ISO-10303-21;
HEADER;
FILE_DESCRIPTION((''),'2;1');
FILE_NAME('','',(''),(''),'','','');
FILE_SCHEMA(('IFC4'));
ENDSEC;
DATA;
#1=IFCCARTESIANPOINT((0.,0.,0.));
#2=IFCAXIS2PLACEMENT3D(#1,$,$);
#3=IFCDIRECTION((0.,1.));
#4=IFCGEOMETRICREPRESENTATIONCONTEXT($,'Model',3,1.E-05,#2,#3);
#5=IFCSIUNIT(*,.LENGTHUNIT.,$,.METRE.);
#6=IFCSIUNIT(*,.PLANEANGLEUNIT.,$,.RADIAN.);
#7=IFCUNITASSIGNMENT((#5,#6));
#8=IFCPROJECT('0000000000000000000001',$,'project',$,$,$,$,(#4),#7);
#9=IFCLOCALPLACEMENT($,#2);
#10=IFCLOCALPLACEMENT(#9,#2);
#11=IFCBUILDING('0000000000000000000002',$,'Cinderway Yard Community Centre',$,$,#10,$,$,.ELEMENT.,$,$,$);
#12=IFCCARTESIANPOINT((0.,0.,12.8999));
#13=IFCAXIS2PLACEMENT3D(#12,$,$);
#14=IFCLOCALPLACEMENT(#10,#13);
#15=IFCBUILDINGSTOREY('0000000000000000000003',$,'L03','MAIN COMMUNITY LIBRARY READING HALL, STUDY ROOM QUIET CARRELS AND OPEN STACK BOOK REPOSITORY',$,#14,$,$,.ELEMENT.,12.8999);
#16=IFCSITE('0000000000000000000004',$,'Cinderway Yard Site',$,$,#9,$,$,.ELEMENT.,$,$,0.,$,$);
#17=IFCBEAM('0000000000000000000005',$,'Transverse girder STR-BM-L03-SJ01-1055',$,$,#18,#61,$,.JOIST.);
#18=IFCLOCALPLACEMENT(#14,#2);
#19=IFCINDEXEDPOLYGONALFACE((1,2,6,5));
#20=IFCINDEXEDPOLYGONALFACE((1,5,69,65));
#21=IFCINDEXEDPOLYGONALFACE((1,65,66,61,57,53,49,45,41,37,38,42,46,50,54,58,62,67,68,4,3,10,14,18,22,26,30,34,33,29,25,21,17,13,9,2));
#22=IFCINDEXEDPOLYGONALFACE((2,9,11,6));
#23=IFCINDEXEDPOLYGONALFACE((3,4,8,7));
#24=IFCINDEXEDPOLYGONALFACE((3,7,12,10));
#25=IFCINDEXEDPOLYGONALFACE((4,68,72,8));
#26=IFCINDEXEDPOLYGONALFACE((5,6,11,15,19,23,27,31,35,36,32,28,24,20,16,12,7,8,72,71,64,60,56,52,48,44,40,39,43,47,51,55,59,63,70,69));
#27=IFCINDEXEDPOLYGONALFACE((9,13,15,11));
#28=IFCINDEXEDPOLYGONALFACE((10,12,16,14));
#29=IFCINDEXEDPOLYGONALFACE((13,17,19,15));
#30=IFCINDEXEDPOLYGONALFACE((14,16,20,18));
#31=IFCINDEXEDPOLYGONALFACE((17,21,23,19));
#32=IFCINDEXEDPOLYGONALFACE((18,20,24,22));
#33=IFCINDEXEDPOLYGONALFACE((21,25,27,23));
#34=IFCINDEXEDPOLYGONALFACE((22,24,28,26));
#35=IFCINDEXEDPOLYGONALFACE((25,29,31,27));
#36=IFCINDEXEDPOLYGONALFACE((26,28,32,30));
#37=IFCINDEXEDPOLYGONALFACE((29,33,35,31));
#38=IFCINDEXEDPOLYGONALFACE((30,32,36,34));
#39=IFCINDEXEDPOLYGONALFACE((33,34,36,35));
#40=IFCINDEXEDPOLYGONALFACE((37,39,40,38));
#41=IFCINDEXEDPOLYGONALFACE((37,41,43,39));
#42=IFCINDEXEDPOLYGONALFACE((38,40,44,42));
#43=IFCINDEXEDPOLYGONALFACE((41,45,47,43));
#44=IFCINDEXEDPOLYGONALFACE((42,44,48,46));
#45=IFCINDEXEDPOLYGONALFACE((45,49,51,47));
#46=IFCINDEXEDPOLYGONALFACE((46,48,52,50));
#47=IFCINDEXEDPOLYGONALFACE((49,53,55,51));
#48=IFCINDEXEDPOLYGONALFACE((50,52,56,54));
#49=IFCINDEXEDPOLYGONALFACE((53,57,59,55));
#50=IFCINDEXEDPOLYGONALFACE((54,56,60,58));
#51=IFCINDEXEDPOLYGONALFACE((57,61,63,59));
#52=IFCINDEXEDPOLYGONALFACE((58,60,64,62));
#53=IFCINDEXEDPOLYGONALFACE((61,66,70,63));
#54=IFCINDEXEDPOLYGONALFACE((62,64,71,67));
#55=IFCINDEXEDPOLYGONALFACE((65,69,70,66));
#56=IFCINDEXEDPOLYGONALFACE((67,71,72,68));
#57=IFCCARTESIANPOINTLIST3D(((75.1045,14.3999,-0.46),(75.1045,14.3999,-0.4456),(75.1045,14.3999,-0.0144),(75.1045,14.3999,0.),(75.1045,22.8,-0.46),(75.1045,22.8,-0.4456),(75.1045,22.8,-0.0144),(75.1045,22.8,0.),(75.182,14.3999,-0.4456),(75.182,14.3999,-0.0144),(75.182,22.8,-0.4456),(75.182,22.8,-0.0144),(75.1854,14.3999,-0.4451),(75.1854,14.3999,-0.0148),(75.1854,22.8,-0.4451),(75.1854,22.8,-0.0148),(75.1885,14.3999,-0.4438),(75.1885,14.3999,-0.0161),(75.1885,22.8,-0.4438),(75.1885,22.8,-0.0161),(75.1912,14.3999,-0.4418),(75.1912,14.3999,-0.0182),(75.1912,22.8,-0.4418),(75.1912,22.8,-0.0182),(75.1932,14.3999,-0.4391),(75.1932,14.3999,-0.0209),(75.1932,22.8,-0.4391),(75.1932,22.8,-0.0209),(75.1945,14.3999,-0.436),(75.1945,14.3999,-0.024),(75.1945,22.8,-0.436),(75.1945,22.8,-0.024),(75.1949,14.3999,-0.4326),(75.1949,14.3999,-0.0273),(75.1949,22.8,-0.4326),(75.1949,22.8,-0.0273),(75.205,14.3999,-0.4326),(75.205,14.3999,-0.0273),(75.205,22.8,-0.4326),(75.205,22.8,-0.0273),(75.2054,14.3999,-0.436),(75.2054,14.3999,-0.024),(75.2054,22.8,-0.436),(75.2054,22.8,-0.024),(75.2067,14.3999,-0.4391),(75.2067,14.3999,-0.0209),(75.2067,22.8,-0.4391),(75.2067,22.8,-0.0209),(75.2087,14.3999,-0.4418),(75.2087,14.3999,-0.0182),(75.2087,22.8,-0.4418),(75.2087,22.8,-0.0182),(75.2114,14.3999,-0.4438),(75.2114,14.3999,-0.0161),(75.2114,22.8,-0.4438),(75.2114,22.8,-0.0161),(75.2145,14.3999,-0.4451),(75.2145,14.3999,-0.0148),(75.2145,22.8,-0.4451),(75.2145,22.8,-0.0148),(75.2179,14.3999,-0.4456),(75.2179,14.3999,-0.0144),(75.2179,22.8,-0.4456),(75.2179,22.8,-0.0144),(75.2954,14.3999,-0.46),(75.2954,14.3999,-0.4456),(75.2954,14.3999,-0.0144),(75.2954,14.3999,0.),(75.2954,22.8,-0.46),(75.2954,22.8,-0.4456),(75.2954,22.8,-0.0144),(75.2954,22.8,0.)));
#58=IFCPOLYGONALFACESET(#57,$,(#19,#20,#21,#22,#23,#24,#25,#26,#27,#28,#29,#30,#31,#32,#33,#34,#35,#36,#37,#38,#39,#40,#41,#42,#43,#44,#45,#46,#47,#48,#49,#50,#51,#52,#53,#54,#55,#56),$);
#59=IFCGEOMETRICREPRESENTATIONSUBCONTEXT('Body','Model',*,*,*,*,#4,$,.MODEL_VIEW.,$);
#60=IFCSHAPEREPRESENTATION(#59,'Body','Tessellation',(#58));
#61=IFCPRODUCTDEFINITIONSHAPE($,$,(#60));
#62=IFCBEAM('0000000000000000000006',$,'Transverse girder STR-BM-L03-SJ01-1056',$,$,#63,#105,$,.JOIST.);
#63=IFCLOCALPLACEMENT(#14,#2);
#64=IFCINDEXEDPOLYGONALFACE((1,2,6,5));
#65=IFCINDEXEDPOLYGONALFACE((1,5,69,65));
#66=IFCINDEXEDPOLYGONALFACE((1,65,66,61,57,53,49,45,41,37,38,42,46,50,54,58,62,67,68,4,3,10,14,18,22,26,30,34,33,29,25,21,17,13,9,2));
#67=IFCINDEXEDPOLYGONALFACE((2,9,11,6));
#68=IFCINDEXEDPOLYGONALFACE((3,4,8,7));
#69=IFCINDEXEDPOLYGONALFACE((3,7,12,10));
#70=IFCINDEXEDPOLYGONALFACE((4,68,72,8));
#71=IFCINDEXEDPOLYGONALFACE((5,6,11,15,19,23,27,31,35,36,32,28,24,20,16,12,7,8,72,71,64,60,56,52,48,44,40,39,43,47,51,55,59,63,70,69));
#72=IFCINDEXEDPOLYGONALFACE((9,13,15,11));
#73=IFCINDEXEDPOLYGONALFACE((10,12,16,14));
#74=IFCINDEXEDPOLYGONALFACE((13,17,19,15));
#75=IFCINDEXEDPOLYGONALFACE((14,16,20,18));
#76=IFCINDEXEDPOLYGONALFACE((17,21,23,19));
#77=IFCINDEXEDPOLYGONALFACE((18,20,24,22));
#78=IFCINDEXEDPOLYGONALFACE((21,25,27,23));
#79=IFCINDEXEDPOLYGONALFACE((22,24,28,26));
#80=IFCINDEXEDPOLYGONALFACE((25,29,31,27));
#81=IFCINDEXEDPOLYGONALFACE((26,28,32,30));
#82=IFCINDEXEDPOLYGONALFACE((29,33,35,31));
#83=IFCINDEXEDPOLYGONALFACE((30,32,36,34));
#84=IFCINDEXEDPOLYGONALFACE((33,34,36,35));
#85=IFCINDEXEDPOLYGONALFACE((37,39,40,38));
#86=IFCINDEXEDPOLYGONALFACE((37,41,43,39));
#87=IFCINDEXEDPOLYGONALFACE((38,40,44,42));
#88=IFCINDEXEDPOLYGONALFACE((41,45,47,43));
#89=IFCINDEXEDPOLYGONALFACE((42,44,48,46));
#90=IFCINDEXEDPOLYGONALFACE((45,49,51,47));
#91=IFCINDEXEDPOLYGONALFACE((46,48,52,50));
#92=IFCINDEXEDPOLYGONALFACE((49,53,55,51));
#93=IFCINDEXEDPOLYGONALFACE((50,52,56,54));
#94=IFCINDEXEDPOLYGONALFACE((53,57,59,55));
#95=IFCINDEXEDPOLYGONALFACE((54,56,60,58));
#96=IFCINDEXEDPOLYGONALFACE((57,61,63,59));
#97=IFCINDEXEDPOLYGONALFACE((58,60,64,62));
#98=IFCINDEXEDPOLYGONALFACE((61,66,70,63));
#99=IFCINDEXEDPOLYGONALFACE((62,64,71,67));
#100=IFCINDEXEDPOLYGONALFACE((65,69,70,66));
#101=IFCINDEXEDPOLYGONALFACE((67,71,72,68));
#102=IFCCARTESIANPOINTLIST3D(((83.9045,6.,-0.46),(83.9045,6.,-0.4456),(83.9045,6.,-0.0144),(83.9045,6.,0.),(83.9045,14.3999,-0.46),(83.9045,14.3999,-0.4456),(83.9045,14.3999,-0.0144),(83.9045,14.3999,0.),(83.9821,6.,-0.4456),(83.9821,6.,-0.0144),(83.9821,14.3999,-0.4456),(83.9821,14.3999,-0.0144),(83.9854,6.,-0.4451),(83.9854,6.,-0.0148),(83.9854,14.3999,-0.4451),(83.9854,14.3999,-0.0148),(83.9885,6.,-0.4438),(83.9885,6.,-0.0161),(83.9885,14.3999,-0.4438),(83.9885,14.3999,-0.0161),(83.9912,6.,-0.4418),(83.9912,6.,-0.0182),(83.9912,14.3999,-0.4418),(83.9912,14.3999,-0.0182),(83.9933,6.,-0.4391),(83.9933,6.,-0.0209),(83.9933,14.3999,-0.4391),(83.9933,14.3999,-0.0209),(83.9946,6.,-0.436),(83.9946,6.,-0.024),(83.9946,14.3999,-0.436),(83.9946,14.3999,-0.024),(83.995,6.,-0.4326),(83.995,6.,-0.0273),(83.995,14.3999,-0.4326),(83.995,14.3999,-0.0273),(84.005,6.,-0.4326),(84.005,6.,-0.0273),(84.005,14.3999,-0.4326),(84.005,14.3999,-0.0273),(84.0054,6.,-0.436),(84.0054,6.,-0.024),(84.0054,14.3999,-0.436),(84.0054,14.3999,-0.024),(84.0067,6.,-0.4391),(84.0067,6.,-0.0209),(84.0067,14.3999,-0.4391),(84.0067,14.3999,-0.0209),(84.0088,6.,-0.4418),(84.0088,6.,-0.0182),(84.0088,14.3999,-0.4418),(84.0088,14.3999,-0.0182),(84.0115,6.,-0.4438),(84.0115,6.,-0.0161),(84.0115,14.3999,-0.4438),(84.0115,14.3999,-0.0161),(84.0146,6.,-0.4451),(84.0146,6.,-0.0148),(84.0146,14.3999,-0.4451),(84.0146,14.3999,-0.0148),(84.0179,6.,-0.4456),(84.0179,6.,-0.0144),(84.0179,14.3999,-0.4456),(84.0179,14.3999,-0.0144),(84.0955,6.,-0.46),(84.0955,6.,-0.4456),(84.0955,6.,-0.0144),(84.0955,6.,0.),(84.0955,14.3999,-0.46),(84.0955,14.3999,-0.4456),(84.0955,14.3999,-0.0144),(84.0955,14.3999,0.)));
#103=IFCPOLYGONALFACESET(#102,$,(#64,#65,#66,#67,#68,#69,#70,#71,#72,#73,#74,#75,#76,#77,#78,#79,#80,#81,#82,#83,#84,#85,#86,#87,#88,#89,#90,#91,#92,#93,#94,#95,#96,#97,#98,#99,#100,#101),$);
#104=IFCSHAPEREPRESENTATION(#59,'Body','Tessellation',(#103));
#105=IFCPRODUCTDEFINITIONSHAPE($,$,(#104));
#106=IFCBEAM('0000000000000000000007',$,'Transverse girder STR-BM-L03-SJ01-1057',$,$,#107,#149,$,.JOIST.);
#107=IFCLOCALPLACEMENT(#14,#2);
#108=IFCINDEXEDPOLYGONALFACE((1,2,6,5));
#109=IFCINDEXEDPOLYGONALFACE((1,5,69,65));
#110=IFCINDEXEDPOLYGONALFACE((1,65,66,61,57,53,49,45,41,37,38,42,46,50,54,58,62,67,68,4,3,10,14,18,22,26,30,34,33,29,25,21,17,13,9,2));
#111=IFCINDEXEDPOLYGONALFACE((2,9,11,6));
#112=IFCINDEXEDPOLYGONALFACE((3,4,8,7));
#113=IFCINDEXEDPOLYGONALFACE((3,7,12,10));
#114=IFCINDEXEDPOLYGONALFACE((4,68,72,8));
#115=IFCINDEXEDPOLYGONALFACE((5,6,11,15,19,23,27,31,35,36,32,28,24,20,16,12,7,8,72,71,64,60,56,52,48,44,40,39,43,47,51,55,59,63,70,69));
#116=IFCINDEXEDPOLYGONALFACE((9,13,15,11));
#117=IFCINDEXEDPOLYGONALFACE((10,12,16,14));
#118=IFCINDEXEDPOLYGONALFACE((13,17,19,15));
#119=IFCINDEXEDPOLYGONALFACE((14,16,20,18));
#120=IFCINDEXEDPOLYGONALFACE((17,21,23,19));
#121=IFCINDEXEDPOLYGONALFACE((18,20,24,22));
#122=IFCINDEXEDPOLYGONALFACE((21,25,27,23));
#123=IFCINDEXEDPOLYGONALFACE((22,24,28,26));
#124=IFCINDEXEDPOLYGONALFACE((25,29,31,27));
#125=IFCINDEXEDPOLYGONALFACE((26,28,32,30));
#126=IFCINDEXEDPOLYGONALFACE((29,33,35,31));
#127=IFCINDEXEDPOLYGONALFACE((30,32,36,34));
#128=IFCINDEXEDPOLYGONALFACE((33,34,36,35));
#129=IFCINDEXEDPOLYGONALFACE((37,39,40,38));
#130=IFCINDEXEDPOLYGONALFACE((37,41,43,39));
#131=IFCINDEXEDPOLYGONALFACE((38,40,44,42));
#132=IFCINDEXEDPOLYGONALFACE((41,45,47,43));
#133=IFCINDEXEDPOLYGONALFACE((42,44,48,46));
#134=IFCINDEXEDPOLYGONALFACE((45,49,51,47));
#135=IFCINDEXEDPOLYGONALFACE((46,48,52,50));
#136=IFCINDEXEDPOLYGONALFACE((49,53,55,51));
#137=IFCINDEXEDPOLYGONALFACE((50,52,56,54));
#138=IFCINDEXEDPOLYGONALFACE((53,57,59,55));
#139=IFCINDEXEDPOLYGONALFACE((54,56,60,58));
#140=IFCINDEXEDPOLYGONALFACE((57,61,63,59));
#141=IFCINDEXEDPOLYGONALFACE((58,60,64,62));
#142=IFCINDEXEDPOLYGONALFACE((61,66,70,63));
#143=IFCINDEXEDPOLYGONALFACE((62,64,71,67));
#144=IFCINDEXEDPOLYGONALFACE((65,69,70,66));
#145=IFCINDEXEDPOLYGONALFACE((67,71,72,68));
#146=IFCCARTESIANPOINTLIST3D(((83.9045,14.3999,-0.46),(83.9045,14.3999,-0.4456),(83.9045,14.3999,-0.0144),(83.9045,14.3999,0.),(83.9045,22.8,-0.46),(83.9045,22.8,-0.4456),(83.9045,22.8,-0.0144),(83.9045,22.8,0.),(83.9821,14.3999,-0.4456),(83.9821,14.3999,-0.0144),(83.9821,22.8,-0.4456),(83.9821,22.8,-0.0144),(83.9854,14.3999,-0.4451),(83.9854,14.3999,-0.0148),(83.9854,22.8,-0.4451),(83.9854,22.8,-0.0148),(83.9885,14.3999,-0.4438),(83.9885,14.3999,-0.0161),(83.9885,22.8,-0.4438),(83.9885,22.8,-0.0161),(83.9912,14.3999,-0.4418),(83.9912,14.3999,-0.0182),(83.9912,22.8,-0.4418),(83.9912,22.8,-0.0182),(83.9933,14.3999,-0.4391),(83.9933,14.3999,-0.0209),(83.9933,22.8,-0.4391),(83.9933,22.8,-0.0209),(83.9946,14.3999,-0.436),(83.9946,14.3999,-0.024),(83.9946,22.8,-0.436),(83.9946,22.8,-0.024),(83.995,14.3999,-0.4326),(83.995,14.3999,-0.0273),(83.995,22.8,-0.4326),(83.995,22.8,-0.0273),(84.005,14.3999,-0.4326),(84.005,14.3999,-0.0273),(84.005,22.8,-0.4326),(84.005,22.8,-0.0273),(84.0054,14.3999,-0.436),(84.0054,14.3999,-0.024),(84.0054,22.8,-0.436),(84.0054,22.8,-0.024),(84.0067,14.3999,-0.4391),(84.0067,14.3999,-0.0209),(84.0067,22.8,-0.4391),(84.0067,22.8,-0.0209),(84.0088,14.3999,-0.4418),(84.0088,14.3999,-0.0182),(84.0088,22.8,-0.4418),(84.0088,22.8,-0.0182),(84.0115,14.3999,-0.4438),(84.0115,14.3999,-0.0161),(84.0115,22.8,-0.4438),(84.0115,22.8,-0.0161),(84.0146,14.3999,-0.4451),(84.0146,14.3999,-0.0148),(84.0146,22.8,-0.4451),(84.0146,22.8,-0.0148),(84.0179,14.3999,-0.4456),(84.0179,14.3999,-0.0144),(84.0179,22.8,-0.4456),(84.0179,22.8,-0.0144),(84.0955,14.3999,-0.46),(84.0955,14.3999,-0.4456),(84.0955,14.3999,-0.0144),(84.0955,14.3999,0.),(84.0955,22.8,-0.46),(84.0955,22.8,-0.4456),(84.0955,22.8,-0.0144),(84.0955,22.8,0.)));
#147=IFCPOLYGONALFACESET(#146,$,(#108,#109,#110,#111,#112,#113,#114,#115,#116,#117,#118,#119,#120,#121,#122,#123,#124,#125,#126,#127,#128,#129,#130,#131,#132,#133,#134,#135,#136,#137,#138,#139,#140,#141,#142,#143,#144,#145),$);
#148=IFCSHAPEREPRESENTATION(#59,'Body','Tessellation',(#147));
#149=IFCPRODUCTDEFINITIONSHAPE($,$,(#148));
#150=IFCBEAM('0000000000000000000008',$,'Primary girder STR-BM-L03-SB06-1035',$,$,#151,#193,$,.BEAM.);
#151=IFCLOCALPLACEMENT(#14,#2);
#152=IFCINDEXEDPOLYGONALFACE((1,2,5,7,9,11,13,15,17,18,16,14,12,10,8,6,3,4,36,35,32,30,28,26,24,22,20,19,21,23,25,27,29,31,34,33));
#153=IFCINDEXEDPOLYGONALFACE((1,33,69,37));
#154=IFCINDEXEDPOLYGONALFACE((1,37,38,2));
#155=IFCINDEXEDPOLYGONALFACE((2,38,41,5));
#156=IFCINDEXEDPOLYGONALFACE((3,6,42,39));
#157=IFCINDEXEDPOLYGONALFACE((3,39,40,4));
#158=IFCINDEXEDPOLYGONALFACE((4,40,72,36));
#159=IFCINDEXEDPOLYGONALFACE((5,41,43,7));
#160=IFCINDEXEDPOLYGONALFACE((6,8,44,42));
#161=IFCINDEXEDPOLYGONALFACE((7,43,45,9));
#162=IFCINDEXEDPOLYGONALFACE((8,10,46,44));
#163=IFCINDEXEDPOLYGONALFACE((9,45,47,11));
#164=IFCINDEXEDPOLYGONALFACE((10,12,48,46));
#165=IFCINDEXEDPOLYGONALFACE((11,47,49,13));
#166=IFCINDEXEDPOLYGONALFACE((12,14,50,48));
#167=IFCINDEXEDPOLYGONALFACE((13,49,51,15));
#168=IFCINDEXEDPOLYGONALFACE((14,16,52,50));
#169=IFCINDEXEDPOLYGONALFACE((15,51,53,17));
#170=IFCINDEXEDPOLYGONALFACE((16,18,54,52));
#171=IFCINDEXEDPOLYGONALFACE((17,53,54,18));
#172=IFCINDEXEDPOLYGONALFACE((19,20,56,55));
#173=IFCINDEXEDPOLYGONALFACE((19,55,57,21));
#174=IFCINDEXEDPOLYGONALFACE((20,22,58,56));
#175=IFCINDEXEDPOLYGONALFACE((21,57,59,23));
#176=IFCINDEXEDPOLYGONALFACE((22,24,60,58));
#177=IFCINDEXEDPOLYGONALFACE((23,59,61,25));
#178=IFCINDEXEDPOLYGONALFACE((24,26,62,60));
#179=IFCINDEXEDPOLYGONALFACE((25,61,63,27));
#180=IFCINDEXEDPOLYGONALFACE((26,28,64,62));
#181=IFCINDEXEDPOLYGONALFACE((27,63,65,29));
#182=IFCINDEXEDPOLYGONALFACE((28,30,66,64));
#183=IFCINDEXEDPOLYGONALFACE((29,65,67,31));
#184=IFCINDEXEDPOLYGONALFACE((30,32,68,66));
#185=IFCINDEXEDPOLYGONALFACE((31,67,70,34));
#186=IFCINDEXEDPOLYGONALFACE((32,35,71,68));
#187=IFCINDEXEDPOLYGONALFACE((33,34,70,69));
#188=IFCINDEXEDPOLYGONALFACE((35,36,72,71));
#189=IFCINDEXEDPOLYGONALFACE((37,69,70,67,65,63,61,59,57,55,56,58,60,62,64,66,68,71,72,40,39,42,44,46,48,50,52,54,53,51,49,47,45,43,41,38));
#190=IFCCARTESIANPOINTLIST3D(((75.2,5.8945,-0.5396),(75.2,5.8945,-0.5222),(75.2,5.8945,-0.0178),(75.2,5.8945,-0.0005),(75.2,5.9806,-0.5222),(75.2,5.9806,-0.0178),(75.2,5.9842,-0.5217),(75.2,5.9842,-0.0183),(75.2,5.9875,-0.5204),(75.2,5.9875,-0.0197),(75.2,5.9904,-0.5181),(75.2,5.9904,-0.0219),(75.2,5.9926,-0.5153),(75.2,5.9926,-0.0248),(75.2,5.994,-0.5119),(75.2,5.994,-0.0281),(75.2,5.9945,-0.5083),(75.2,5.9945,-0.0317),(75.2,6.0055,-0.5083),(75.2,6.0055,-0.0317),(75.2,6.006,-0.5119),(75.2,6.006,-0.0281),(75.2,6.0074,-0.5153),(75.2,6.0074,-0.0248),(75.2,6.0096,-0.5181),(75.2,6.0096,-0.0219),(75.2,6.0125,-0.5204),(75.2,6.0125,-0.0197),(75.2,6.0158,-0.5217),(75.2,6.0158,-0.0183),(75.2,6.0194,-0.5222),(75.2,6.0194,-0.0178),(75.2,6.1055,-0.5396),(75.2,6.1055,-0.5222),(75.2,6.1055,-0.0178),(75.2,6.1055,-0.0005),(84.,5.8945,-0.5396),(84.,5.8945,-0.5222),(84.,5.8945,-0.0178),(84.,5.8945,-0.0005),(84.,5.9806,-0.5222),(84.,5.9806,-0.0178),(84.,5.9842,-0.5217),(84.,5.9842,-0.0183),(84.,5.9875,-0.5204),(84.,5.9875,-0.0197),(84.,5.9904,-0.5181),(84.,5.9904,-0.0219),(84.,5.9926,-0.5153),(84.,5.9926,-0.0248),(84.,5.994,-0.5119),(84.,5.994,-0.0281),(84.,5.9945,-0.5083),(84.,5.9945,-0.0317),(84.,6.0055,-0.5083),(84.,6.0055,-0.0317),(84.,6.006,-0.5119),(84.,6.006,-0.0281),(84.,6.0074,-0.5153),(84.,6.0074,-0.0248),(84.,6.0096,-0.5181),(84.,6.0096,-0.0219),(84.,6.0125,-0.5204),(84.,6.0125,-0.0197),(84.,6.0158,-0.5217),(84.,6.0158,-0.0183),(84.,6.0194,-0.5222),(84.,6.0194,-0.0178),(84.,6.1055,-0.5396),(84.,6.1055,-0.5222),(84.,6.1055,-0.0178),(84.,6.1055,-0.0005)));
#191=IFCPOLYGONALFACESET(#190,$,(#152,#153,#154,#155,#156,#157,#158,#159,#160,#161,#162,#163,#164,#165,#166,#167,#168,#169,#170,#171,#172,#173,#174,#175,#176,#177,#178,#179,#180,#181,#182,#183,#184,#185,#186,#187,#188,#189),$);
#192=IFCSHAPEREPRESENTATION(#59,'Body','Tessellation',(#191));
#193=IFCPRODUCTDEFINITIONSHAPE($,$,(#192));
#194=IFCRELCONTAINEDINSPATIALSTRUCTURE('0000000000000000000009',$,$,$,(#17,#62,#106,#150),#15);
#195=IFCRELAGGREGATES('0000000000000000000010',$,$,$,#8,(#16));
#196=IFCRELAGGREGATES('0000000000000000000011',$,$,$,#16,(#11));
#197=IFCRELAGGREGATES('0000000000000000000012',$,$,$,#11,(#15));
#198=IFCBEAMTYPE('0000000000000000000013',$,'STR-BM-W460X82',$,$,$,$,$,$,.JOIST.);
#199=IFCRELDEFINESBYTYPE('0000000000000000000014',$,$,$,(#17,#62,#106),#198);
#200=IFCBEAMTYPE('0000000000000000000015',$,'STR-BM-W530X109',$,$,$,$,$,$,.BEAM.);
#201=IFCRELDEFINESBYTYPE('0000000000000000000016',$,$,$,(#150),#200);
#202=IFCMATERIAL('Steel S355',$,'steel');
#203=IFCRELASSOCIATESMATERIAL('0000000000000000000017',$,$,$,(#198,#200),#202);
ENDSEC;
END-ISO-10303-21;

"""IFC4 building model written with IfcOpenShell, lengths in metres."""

from ifc_helpers import new_model, si_unit, direction, frame, origin, origin_2d, place, context, subcontext, project, spatial, i_section, extrude, material, material_profile, profile_set, type_object, element, save


model = new_model("IFC4")

# Units and contexts
model_context = context("Model", 3, precision=1e-05, world=origin(), true_north=direction((0.0, 1.0)))
body_context = subcontext(model_context, "Body", "Model", "MODEL_VIEW")
ifc_project = project(units=[si_unit("LENGTHUNIT", "METRE"), si_unit("PLANEANGLEUNIT", "RADIAN")], contexts=[model_context])

# Site, building, storey
site_placement = place(None, origin())
site = spatial("IfcSite", under=ifc_project, at=site_placement, Name="Cinderway Yard Site", CompositionType="ELEMENT", RefElevation=0.0)
building_placement = place(site_placement, origin())
building = spatial("IfcBuilding", under=site, at=building_placement, Name="Cinderway Yard Community Centre", CompositionType="ELEMENT")
storey_placement = place(building_placement, frame((0.0, 0.0, 12.8999)))
storey = spatial("IfcBuildingStorey", under=building, at=storey_placement, Name="L03", Description="MAIN COMMUNITY LIBRARY READING HALL, STUDY ROOM QUIET CARRELS AND OPEN STACK BOOK REPOSITORY", CompositionType="ELEMENT", Elevation=12.8999)

# Shared definitions
ifc_material_1 = material(Name="Steel S355", Category="steel")

# Beams
ifc_material_profile_1 = material_profile(ifc_material_1, i_section(OverallWidth=0.1909, OverallDepth=0.46, WebThickness=0.01, FlangeThickness=0.0144, FilletRadius=0.0129, at=origin_2d()), Name="Steel S355")
ifc_profile_set_1 = profile_set([ifc_material_profile_1], Name="Steel S355")
beam_type_1 = type_object("IfcBeamType", Name="STR-BM-W460X82", PredefinedType="JOIST", material=ifc_profile_set_1)
beam_1_placement = place(storey_placement, frame((75.2, 14.3999, -0.23), z_axis=(0.0, 1.0, 0.0), x_axis=(-1.0, 0.0, 0.0)))
element("IfcBeam", 1, at=beam_1_placement, inside=storey, type_object=beam_type_1, Name="Transverse girder STR-BM-L03-SJ01-1055", PredefinedType="JOIST", context=body_context, shape_type="SweptSolid", body=[
    extrude(i_section(OverallWidth=0.1909, OverallDepth=0.46, WebThickness=0.01, FlangeThickness=0.0144, FilletRadius=0.0129, at=origin_2d()), origin(), (0.0, 0.0, 1.0), 8.4001),
])
beam_2_placement = place(storey_placement, frame((84.0, 6.0, -0.23), z_axis=(0.0, 1.0, 0.0), x_axis=(-1.0, 0.0, 0.0)))
element("IfcBeam", 2, at=beam_2_placement, inside=storey, type_object=beam_type_1, Name="Transverse girder STR-BM-L03-SJ01-1056", PredefinedType="JOIST", context=body_context, shape_type="SweptSolid", body=[
    extrude(i_section(OverallWidth=0.1909, OverallDepth=0.46, WebThickness=0.01, FlangeThickness=0.0144, FilletRadius=0.0129, at=origin_2d()), origin(), (0.0, 0.0, 1.0), 8.3999),
])
beam_3_placement = place(storey_placement, frame((84.0, 14.3999, -0.23), z_axis=(0.0, 1.0, 0.0), x_axis=(-1.0, 0.0, 0.0)))
element("IfcBeam", 3, at=beam_3_placement, inside=storey, type_object=beam_type_1, Name="Transverse girder STR-BM-L03-SJ01-1057", PredefinedType="JOIST", context=body_context, shape_type="SweptSolid", body=[
    extrude(i_section(OverallWidth=0.1909, OverallDepth=0.46, WebThickness=0.01, FlangeThickness=0.0144, FilletRadius=0.0129, at=origin_2d()), origin(), (0.0, 0.0, 1.0), 8.4001),
])
ifc_material_profile_2 = material_profile(ifc_material_1, i_section(OverallWidth=0.2109, OverallDepth=0.5391, WebThickness=0.011, FlangeThickness=0.0173, FilletRadius=0.0139, at=origin_2d()), Name="Steel S355")
ifc_profile_set_2 = profile_set([ifc_material_profile_2], Name="Steel S355")
beam_type_2 = type_object("IfcBeamType", Name="STR-BM-W530X109", PredefinedType="BEAM", material=ifc_profile_set_2)
for number, where, z_axis, x_axis, name in (
    (4, (75.2, 6.0, -0.27), (1.0, 0.0, 0.0), (0.0, 1.0, 0.0), "Primary girder STR-BM-L03-SB06-1035"),
):
    element("IfcBeam", number, at=place(storey_placement, frame(where, z_axis=z_axis, x_axis=x_axis)), inside=storey, type_object=beam_type_2, Name=name, PredefinedType="BEAM", context=body_context, shape_type="SweptSolid", body=[
        extrude(i_section(OverallWidth=0.2109, OverallDepth=0.5391, WebThickness=0.011, FlangeThickness=0.0173, FilletRadius=0.0139, at=origin_2d()), origin(), (0.0, 0.0, 1.0), 8.8),
    ])

save(model, "model.ifc")
